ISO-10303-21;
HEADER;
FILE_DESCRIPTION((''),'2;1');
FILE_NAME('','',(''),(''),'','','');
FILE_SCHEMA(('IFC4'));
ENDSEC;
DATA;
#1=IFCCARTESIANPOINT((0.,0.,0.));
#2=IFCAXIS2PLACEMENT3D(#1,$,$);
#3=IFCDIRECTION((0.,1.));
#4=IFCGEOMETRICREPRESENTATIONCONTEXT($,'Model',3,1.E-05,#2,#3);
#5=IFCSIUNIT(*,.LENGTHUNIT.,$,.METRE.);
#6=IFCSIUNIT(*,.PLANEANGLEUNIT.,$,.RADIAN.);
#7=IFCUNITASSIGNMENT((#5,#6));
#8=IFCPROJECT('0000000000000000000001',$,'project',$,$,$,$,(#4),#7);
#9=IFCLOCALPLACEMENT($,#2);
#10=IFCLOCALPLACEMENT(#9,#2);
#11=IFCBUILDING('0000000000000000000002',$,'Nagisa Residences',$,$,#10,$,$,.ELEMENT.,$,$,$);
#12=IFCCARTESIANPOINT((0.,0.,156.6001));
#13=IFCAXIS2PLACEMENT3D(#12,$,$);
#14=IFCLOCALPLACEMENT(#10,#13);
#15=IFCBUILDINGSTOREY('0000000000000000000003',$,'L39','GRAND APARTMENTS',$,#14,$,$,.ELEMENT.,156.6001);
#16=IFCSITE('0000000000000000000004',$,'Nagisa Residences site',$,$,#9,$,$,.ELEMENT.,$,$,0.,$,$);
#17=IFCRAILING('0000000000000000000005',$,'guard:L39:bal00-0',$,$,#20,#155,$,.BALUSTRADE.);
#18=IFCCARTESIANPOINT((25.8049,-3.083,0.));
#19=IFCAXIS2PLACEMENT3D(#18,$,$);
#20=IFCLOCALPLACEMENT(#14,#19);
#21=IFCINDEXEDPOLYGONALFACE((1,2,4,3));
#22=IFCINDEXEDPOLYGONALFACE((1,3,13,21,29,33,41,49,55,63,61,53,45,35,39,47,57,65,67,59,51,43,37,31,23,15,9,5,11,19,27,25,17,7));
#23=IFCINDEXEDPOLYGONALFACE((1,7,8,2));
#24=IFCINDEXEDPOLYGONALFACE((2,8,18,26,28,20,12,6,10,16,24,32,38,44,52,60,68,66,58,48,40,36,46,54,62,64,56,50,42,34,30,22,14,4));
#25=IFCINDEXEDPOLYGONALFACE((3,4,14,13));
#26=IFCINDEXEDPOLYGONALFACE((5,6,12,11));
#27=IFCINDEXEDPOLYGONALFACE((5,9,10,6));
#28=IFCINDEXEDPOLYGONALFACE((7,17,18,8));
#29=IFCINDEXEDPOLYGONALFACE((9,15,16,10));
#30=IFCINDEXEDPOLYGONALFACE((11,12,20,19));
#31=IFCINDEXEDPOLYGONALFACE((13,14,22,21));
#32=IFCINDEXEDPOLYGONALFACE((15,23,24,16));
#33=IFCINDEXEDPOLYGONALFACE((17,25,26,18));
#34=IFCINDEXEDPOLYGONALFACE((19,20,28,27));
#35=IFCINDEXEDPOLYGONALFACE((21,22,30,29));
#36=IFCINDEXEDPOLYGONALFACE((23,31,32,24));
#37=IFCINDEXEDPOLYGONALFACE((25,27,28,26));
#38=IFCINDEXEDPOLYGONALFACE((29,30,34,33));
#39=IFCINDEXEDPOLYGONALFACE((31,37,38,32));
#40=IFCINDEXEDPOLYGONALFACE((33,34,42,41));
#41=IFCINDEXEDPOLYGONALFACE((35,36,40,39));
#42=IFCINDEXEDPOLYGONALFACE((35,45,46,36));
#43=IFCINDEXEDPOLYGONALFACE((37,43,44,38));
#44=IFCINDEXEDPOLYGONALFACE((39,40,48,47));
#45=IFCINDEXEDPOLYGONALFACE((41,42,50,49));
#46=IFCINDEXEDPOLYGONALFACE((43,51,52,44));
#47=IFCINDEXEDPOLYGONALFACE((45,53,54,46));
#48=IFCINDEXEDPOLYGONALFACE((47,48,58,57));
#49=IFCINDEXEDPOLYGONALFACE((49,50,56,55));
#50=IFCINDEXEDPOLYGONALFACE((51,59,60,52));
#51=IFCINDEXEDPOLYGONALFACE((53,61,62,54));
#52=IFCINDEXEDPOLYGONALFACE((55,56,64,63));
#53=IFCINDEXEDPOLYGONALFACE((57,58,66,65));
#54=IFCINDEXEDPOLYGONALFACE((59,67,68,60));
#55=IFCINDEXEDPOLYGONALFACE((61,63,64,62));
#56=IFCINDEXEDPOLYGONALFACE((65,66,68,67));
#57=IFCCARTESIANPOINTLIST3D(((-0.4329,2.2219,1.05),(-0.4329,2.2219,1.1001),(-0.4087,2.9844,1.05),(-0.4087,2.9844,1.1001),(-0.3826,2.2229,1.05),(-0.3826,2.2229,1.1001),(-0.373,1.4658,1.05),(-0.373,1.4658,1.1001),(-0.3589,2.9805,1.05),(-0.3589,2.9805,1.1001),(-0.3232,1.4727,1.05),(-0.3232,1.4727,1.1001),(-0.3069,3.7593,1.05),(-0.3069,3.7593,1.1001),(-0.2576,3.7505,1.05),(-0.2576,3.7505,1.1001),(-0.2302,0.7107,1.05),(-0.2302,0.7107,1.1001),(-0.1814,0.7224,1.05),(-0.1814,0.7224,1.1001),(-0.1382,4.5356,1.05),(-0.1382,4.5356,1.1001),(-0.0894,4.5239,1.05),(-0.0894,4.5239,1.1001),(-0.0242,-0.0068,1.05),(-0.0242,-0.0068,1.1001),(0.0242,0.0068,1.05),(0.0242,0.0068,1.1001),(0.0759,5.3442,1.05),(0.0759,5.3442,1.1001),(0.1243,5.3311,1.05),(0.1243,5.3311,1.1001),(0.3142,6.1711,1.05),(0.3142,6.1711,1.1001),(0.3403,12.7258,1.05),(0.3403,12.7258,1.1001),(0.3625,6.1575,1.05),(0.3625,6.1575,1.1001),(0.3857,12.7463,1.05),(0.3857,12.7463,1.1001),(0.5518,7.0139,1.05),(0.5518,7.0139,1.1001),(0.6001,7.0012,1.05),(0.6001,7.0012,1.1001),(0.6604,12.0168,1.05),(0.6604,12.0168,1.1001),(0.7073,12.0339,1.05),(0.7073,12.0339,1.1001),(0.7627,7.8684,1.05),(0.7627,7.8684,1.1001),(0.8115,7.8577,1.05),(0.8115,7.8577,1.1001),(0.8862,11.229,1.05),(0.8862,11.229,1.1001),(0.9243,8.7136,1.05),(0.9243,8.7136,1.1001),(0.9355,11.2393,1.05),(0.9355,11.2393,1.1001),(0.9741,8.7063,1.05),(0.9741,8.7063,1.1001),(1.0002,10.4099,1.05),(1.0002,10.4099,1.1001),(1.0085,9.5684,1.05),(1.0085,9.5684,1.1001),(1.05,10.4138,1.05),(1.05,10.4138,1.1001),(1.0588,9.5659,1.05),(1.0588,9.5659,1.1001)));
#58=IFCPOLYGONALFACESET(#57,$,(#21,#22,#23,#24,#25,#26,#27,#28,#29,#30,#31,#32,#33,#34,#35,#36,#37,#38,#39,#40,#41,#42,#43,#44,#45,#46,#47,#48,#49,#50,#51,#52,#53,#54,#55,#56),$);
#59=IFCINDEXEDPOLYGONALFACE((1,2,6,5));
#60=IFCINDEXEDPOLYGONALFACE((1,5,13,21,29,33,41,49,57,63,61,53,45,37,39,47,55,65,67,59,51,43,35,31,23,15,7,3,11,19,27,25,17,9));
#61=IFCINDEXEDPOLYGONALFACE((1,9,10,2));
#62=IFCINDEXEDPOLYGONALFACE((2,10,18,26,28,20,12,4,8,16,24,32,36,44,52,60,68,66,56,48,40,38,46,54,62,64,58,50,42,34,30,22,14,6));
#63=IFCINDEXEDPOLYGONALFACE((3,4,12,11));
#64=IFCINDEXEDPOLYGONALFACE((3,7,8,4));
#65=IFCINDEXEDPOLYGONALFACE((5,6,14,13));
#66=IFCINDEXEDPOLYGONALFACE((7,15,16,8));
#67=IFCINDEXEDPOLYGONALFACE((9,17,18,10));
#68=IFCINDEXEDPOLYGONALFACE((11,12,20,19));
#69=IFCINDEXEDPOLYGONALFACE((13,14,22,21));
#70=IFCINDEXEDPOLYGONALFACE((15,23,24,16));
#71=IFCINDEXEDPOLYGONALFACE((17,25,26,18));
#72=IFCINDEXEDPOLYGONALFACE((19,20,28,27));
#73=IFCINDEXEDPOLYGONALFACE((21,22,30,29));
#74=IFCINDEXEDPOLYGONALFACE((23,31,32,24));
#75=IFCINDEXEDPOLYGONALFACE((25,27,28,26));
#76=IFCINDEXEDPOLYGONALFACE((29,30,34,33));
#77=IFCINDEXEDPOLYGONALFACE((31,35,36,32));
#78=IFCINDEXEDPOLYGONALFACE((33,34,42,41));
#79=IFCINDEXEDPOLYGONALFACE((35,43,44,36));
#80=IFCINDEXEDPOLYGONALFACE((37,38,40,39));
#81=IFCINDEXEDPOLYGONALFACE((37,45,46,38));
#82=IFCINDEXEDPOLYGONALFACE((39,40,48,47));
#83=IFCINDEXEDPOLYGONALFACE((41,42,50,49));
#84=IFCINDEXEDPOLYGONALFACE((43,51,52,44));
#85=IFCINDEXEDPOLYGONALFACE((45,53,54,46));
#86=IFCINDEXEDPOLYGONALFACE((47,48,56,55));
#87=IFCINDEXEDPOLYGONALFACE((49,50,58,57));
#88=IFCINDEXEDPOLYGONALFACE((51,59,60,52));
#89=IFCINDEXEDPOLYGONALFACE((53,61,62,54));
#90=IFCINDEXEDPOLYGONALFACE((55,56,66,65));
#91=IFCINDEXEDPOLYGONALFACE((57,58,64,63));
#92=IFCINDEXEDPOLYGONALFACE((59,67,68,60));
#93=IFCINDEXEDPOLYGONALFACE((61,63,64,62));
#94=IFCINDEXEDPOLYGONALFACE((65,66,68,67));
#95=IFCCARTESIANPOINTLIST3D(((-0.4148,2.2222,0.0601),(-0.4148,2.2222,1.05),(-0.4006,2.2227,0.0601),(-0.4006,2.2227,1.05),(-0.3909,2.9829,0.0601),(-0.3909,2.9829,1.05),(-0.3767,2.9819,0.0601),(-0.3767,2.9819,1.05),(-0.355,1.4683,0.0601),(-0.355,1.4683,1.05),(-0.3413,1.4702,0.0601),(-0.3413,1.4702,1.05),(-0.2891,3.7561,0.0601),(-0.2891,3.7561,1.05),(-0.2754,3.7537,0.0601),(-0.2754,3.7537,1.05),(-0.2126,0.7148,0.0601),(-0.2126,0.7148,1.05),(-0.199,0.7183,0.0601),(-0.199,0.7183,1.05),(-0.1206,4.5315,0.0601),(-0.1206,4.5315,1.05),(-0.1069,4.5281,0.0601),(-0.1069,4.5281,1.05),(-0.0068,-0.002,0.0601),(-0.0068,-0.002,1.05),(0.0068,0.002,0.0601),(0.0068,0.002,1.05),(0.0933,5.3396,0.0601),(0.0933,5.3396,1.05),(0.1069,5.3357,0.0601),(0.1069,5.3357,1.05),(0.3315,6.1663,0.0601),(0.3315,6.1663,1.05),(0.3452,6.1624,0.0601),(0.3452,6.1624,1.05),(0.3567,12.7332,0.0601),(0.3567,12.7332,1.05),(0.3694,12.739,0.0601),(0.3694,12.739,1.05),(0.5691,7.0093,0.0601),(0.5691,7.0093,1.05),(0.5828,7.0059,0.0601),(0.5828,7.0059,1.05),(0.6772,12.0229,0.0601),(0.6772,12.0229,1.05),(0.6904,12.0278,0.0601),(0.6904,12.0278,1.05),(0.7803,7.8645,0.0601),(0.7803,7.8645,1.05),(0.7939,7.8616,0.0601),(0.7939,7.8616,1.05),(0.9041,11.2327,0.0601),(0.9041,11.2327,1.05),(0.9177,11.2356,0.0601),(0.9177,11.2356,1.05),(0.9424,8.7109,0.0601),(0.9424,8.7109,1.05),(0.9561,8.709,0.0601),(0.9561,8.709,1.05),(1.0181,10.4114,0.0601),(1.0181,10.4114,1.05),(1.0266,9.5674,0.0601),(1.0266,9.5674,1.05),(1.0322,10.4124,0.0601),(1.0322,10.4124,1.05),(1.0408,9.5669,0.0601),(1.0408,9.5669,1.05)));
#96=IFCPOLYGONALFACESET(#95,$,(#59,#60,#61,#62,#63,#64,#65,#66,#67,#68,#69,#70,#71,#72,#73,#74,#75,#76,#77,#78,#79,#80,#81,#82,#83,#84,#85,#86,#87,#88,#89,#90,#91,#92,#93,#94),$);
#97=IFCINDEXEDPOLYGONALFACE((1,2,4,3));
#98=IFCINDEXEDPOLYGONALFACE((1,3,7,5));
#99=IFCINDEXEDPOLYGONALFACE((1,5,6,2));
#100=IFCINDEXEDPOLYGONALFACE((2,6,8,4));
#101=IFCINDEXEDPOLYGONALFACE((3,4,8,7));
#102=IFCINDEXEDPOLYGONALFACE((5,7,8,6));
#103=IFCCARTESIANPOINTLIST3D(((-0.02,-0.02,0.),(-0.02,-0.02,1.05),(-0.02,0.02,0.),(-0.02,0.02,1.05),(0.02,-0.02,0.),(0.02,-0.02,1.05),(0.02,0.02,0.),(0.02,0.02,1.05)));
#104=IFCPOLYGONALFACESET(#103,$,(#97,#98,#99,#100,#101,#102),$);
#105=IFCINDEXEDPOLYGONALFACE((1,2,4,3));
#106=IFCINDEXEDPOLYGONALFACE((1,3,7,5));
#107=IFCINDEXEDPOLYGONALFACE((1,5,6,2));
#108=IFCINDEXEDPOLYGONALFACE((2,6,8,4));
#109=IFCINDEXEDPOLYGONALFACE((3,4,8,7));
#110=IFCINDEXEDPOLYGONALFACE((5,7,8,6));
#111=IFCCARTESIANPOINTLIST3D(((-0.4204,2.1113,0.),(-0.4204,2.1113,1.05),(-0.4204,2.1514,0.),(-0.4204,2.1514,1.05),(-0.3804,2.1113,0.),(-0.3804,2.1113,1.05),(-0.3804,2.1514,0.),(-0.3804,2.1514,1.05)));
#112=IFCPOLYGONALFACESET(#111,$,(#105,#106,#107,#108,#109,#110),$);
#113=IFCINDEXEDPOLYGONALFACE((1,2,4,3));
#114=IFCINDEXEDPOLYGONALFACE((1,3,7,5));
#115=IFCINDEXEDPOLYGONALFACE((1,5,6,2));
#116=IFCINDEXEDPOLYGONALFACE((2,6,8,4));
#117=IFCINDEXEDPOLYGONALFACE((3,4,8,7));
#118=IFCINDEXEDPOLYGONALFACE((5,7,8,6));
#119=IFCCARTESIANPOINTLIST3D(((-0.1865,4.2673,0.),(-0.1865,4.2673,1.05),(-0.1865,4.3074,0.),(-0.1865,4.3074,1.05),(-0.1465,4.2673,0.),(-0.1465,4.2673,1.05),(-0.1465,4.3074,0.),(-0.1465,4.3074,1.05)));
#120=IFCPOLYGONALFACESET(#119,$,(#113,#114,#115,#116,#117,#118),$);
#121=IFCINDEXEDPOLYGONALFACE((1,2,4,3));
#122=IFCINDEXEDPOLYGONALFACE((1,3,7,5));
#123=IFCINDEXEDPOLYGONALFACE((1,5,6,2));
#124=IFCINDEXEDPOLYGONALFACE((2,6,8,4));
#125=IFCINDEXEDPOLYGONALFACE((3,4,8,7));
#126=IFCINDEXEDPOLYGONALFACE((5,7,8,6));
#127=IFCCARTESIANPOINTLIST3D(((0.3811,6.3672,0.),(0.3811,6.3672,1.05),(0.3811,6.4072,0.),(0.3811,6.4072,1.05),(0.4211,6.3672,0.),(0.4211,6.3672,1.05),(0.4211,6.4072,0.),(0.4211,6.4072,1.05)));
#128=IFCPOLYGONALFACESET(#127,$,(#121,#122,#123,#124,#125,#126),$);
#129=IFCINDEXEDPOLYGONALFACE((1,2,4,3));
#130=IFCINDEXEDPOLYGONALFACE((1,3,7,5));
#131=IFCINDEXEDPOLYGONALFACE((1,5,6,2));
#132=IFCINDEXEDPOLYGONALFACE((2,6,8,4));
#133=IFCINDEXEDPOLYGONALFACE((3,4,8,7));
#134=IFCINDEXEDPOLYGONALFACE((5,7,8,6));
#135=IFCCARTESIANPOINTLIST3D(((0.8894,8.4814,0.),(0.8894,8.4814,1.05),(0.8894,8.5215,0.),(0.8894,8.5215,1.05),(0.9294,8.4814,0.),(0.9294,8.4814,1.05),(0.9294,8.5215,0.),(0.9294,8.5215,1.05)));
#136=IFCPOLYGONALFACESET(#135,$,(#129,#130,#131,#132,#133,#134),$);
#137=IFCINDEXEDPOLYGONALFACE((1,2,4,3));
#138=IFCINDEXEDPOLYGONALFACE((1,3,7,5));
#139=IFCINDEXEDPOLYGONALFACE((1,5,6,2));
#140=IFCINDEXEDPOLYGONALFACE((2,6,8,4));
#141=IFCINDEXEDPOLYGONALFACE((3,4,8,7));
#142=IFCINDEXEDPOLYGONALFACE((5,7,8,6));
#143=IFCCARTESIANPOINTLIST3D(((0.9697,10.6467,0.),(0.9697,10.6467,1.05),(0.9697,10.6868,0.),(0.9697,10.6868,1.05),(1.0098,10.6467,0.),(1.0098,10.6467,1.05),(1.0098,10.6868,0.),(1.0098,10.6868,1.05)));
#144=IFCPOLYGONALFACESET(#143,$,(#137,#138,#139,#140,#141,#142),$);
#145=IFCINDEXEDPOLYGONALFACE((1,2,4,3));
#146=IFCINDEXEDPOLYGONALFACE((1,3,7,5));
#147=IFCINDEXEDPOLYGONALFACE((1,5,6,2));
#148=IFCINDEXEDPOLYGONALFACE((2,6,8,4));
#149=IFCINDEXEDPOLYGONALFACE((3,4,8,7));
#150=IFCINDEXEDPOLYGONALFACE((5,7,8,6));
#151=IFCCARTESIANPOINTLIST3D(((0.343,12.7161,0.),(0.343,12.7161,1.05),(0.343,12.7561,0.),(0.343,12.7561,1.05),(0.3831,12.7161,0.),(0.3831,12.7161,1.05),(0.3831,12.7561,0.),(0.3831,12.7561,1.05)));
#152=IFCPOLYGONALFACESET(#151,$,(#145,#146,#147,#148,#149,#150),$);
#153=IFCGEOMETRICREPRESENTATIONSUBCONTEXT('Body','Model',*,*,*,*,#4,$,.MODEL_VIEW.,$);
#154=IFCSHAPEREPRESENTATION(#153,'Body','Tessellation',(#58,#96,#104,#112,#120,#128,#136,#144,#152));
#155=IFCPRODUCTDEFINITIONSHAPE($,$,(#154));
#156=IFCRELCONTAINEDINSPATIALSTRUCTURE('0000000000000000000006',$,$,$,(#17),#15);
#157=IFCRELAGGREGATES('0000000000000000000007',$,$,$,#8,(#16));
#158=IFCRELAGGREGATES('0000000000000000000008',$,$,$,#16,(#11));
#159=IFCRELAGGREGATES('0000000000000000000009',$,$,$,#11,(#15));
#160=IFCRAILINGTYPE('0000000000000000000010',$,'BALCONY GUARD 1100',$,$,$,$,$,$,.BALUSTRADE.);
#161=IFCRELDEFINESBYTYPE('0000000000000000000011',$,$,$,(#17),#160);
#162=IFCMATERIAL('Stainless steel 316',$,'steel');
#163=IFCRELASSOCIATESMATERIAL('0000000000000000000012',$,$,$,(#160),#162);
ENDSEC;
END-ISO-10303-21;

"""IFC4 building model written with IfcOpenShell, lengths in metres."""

from ifc_helpers import new_model, si_unit, direction, frame, origin, origin_2d, place, context, subcontext, project, spatial, polyline, rectangle, outline, extrude, material, type_object, element, save


model = new_model("IFC4")

# Units and contexts
model_context = context("Model", 3, precision=1e-05, world=origin(), true_north=direction((0.0, 1.0)))
body_context = subcontext(model_context, "Body", "Model", "MODEL_VIEW")
ifc_project = project(units=[si_unit("LENGTHUNIT", "METRE"), si_unit("PLANEANGLEUNIT", "RADIAN")], contexts=[model_context])

# Site, building, storey
site_placement = place(None, origin())
site = spatial("IfcSite", under=ifc_project, at=site_placement, Name="Nagisa Residences site", CompositionType="ELEMENT", RefElevation=0.0)
building_placement = place(site_placement, origin())
building = spatial("IfcBuilding", under=site, at=building_placement, Name="Nagisa Residences", CompositionType="ELEMENT")
storey_placement = place(building_placement, frame((0.0, 0.0, 156.6001)))
storey = spatial("IfcBuildingStorey", under=building, at=storey_placement, Name="L39", Description="GRAND APARTMENTS", CompositionType="ELEMENT", Elevation=156.6001)

# Railing
ifc_material_1 = material(Name="Stainless steel 316", Category="steel")
railing_type = type_object("IfcRailingType", Name="BALCONY GUARD 1100", PredefinedType="BALUSTRADE", material=ifc_material_1)
railing_placement = place(storey_placement, frame((25.8049, -3.083, 0.0)))
element("IfcRailing", 1, at=railing_placement, inside=storey, type_object=railing_type, Name="guard:L39:bal00-0", PredefinedType="BALUSTRADE", context=body_context, shape_type="SweptSolid", body=[
    extrude(outline(polyline([(-0.2302, 0.7107), (-0.0242, -0.0068), (0.0242, 0.0068), (-0.1814, 0.7224), (-0.3232, 1.4727), (-0.3826, 2.2229), (-0.3589, 2.9805), (-0.2576, 3.7505), (-0.0894, 4.5239), (0.1243, 5.3311), (0.3625, 6.1575), (0.6001, 7.0012), (0.8115, 7.8577), (0.9741, 8.7063), (1.0588, 9.5659), (1.05, 10.4138), (0.9355, 11.2393), (0.7073, 12.0339), (0.3857, 12.7463), (0.3403, 12.7258), (0.6604, 12.0168), (0.8862, 11.229), (1.0002, 10.4099), (1.0085, 9.5684), (0.9243, 8.7136), (0.7627, 7.8684), (0.5518, 7.0139), (0.3142, 6.1711), (0.0759, 5.3442), (-0.1382, 4.5356), (-0.3069, 3.7593), (-0.4087, 2.9844), (-0.4329, 2.2219), (-0.373, 1.4658), (-0.2302, 0.7107)])), frame((0.0, 0.0, 1.05)), (0.0, 0.0, 1.0), 0.05),
    extrude(outline(polyline([(-0.2126, 0.7148), (-0.0068, -0.002), (0.0068, 0.002), (-0.199, 0.7183), (-0.3413, 1.4702), (-0.4006, 2.2227), (-0.3767, 2.9819), (-0.2754, 3.7537), (-0.1069, 4.5281), (0.1069, 5.3357), (0.3452, 6.1624), (0.5828, 7.0059), (0.7939, 7.8616), (0.9561, 8.709), (1.0408, 9.5669), (1.0322, 10.4124), (0.9177, 11.2356), (0.6904, 12.0278), (0.3694, 12.739), (0.3567, 12.7332), (0.6772, 12.0229), (0.9041, 11.2327), (1.0181, 10.4114), (1.0266, 9.5674), (0.9424, 8.7109), (0.7803, 7.8645), (0.5691, 7.0093), (0.3315, 6.1663), (0.0933, 5.3396), (-0.1206, 4.5315), (-0.2891, 3.7561), (-0.3909, 2.9829), (-0.4148, 2.2222), (-0.355, 1.4683), (-0.2126, 0.7148)])), frame((0.0, 0.0, 0.0601)), (0.0, 0.0, 1.0), 0.99),
    extrude(rectangle(XDim=0.04, YDim=0.04, at=origin_2d()), origin(), (0.0, 0.0, 1.0), 1.05),
    extrude(rectangle(XDim=0.04, YDim=0.04, at=origin_2d()), frame((-0.4004, 2.1313, 0.0)), (0.0, 0.0, 1.0), 1.05),
    extrude(rectangle(XDim=0.04, YDim=0.04, at=origin_2d()), frame((-0.1665, 4.2874, 0.0)), (0.0, 0.0, 1.0), 1.05),
    extrude(rectangle(XDim=0.04, YDim=0.04, at=origin_2d()), frame((0.4011, 6.3872, 0.0)), (0.0, 0.0, 1.0), 1.05),
    extrude(rectangle(XDim=0.04, YDim=0.04, at=origin_2d()), frame((0.9094, 8.5015, 0.0)), (0.0, 0.0, 1.0), 1.05),
    extrude(rectangle(XDim=0.04, YDim=0.04, at=origin_2d()), frame((0.9897, 10.6667, 0.0)), (0.0, 0.0, 1.0), 1.05),
    extrude(rectangle(XDim=0.04, YDim=0.04, at=origin_2d()), frame((0.363, 12.7361, 0.0)), (0.0, 0.0, 1.0), 1.05),
])

save(model, "model.ifc")
